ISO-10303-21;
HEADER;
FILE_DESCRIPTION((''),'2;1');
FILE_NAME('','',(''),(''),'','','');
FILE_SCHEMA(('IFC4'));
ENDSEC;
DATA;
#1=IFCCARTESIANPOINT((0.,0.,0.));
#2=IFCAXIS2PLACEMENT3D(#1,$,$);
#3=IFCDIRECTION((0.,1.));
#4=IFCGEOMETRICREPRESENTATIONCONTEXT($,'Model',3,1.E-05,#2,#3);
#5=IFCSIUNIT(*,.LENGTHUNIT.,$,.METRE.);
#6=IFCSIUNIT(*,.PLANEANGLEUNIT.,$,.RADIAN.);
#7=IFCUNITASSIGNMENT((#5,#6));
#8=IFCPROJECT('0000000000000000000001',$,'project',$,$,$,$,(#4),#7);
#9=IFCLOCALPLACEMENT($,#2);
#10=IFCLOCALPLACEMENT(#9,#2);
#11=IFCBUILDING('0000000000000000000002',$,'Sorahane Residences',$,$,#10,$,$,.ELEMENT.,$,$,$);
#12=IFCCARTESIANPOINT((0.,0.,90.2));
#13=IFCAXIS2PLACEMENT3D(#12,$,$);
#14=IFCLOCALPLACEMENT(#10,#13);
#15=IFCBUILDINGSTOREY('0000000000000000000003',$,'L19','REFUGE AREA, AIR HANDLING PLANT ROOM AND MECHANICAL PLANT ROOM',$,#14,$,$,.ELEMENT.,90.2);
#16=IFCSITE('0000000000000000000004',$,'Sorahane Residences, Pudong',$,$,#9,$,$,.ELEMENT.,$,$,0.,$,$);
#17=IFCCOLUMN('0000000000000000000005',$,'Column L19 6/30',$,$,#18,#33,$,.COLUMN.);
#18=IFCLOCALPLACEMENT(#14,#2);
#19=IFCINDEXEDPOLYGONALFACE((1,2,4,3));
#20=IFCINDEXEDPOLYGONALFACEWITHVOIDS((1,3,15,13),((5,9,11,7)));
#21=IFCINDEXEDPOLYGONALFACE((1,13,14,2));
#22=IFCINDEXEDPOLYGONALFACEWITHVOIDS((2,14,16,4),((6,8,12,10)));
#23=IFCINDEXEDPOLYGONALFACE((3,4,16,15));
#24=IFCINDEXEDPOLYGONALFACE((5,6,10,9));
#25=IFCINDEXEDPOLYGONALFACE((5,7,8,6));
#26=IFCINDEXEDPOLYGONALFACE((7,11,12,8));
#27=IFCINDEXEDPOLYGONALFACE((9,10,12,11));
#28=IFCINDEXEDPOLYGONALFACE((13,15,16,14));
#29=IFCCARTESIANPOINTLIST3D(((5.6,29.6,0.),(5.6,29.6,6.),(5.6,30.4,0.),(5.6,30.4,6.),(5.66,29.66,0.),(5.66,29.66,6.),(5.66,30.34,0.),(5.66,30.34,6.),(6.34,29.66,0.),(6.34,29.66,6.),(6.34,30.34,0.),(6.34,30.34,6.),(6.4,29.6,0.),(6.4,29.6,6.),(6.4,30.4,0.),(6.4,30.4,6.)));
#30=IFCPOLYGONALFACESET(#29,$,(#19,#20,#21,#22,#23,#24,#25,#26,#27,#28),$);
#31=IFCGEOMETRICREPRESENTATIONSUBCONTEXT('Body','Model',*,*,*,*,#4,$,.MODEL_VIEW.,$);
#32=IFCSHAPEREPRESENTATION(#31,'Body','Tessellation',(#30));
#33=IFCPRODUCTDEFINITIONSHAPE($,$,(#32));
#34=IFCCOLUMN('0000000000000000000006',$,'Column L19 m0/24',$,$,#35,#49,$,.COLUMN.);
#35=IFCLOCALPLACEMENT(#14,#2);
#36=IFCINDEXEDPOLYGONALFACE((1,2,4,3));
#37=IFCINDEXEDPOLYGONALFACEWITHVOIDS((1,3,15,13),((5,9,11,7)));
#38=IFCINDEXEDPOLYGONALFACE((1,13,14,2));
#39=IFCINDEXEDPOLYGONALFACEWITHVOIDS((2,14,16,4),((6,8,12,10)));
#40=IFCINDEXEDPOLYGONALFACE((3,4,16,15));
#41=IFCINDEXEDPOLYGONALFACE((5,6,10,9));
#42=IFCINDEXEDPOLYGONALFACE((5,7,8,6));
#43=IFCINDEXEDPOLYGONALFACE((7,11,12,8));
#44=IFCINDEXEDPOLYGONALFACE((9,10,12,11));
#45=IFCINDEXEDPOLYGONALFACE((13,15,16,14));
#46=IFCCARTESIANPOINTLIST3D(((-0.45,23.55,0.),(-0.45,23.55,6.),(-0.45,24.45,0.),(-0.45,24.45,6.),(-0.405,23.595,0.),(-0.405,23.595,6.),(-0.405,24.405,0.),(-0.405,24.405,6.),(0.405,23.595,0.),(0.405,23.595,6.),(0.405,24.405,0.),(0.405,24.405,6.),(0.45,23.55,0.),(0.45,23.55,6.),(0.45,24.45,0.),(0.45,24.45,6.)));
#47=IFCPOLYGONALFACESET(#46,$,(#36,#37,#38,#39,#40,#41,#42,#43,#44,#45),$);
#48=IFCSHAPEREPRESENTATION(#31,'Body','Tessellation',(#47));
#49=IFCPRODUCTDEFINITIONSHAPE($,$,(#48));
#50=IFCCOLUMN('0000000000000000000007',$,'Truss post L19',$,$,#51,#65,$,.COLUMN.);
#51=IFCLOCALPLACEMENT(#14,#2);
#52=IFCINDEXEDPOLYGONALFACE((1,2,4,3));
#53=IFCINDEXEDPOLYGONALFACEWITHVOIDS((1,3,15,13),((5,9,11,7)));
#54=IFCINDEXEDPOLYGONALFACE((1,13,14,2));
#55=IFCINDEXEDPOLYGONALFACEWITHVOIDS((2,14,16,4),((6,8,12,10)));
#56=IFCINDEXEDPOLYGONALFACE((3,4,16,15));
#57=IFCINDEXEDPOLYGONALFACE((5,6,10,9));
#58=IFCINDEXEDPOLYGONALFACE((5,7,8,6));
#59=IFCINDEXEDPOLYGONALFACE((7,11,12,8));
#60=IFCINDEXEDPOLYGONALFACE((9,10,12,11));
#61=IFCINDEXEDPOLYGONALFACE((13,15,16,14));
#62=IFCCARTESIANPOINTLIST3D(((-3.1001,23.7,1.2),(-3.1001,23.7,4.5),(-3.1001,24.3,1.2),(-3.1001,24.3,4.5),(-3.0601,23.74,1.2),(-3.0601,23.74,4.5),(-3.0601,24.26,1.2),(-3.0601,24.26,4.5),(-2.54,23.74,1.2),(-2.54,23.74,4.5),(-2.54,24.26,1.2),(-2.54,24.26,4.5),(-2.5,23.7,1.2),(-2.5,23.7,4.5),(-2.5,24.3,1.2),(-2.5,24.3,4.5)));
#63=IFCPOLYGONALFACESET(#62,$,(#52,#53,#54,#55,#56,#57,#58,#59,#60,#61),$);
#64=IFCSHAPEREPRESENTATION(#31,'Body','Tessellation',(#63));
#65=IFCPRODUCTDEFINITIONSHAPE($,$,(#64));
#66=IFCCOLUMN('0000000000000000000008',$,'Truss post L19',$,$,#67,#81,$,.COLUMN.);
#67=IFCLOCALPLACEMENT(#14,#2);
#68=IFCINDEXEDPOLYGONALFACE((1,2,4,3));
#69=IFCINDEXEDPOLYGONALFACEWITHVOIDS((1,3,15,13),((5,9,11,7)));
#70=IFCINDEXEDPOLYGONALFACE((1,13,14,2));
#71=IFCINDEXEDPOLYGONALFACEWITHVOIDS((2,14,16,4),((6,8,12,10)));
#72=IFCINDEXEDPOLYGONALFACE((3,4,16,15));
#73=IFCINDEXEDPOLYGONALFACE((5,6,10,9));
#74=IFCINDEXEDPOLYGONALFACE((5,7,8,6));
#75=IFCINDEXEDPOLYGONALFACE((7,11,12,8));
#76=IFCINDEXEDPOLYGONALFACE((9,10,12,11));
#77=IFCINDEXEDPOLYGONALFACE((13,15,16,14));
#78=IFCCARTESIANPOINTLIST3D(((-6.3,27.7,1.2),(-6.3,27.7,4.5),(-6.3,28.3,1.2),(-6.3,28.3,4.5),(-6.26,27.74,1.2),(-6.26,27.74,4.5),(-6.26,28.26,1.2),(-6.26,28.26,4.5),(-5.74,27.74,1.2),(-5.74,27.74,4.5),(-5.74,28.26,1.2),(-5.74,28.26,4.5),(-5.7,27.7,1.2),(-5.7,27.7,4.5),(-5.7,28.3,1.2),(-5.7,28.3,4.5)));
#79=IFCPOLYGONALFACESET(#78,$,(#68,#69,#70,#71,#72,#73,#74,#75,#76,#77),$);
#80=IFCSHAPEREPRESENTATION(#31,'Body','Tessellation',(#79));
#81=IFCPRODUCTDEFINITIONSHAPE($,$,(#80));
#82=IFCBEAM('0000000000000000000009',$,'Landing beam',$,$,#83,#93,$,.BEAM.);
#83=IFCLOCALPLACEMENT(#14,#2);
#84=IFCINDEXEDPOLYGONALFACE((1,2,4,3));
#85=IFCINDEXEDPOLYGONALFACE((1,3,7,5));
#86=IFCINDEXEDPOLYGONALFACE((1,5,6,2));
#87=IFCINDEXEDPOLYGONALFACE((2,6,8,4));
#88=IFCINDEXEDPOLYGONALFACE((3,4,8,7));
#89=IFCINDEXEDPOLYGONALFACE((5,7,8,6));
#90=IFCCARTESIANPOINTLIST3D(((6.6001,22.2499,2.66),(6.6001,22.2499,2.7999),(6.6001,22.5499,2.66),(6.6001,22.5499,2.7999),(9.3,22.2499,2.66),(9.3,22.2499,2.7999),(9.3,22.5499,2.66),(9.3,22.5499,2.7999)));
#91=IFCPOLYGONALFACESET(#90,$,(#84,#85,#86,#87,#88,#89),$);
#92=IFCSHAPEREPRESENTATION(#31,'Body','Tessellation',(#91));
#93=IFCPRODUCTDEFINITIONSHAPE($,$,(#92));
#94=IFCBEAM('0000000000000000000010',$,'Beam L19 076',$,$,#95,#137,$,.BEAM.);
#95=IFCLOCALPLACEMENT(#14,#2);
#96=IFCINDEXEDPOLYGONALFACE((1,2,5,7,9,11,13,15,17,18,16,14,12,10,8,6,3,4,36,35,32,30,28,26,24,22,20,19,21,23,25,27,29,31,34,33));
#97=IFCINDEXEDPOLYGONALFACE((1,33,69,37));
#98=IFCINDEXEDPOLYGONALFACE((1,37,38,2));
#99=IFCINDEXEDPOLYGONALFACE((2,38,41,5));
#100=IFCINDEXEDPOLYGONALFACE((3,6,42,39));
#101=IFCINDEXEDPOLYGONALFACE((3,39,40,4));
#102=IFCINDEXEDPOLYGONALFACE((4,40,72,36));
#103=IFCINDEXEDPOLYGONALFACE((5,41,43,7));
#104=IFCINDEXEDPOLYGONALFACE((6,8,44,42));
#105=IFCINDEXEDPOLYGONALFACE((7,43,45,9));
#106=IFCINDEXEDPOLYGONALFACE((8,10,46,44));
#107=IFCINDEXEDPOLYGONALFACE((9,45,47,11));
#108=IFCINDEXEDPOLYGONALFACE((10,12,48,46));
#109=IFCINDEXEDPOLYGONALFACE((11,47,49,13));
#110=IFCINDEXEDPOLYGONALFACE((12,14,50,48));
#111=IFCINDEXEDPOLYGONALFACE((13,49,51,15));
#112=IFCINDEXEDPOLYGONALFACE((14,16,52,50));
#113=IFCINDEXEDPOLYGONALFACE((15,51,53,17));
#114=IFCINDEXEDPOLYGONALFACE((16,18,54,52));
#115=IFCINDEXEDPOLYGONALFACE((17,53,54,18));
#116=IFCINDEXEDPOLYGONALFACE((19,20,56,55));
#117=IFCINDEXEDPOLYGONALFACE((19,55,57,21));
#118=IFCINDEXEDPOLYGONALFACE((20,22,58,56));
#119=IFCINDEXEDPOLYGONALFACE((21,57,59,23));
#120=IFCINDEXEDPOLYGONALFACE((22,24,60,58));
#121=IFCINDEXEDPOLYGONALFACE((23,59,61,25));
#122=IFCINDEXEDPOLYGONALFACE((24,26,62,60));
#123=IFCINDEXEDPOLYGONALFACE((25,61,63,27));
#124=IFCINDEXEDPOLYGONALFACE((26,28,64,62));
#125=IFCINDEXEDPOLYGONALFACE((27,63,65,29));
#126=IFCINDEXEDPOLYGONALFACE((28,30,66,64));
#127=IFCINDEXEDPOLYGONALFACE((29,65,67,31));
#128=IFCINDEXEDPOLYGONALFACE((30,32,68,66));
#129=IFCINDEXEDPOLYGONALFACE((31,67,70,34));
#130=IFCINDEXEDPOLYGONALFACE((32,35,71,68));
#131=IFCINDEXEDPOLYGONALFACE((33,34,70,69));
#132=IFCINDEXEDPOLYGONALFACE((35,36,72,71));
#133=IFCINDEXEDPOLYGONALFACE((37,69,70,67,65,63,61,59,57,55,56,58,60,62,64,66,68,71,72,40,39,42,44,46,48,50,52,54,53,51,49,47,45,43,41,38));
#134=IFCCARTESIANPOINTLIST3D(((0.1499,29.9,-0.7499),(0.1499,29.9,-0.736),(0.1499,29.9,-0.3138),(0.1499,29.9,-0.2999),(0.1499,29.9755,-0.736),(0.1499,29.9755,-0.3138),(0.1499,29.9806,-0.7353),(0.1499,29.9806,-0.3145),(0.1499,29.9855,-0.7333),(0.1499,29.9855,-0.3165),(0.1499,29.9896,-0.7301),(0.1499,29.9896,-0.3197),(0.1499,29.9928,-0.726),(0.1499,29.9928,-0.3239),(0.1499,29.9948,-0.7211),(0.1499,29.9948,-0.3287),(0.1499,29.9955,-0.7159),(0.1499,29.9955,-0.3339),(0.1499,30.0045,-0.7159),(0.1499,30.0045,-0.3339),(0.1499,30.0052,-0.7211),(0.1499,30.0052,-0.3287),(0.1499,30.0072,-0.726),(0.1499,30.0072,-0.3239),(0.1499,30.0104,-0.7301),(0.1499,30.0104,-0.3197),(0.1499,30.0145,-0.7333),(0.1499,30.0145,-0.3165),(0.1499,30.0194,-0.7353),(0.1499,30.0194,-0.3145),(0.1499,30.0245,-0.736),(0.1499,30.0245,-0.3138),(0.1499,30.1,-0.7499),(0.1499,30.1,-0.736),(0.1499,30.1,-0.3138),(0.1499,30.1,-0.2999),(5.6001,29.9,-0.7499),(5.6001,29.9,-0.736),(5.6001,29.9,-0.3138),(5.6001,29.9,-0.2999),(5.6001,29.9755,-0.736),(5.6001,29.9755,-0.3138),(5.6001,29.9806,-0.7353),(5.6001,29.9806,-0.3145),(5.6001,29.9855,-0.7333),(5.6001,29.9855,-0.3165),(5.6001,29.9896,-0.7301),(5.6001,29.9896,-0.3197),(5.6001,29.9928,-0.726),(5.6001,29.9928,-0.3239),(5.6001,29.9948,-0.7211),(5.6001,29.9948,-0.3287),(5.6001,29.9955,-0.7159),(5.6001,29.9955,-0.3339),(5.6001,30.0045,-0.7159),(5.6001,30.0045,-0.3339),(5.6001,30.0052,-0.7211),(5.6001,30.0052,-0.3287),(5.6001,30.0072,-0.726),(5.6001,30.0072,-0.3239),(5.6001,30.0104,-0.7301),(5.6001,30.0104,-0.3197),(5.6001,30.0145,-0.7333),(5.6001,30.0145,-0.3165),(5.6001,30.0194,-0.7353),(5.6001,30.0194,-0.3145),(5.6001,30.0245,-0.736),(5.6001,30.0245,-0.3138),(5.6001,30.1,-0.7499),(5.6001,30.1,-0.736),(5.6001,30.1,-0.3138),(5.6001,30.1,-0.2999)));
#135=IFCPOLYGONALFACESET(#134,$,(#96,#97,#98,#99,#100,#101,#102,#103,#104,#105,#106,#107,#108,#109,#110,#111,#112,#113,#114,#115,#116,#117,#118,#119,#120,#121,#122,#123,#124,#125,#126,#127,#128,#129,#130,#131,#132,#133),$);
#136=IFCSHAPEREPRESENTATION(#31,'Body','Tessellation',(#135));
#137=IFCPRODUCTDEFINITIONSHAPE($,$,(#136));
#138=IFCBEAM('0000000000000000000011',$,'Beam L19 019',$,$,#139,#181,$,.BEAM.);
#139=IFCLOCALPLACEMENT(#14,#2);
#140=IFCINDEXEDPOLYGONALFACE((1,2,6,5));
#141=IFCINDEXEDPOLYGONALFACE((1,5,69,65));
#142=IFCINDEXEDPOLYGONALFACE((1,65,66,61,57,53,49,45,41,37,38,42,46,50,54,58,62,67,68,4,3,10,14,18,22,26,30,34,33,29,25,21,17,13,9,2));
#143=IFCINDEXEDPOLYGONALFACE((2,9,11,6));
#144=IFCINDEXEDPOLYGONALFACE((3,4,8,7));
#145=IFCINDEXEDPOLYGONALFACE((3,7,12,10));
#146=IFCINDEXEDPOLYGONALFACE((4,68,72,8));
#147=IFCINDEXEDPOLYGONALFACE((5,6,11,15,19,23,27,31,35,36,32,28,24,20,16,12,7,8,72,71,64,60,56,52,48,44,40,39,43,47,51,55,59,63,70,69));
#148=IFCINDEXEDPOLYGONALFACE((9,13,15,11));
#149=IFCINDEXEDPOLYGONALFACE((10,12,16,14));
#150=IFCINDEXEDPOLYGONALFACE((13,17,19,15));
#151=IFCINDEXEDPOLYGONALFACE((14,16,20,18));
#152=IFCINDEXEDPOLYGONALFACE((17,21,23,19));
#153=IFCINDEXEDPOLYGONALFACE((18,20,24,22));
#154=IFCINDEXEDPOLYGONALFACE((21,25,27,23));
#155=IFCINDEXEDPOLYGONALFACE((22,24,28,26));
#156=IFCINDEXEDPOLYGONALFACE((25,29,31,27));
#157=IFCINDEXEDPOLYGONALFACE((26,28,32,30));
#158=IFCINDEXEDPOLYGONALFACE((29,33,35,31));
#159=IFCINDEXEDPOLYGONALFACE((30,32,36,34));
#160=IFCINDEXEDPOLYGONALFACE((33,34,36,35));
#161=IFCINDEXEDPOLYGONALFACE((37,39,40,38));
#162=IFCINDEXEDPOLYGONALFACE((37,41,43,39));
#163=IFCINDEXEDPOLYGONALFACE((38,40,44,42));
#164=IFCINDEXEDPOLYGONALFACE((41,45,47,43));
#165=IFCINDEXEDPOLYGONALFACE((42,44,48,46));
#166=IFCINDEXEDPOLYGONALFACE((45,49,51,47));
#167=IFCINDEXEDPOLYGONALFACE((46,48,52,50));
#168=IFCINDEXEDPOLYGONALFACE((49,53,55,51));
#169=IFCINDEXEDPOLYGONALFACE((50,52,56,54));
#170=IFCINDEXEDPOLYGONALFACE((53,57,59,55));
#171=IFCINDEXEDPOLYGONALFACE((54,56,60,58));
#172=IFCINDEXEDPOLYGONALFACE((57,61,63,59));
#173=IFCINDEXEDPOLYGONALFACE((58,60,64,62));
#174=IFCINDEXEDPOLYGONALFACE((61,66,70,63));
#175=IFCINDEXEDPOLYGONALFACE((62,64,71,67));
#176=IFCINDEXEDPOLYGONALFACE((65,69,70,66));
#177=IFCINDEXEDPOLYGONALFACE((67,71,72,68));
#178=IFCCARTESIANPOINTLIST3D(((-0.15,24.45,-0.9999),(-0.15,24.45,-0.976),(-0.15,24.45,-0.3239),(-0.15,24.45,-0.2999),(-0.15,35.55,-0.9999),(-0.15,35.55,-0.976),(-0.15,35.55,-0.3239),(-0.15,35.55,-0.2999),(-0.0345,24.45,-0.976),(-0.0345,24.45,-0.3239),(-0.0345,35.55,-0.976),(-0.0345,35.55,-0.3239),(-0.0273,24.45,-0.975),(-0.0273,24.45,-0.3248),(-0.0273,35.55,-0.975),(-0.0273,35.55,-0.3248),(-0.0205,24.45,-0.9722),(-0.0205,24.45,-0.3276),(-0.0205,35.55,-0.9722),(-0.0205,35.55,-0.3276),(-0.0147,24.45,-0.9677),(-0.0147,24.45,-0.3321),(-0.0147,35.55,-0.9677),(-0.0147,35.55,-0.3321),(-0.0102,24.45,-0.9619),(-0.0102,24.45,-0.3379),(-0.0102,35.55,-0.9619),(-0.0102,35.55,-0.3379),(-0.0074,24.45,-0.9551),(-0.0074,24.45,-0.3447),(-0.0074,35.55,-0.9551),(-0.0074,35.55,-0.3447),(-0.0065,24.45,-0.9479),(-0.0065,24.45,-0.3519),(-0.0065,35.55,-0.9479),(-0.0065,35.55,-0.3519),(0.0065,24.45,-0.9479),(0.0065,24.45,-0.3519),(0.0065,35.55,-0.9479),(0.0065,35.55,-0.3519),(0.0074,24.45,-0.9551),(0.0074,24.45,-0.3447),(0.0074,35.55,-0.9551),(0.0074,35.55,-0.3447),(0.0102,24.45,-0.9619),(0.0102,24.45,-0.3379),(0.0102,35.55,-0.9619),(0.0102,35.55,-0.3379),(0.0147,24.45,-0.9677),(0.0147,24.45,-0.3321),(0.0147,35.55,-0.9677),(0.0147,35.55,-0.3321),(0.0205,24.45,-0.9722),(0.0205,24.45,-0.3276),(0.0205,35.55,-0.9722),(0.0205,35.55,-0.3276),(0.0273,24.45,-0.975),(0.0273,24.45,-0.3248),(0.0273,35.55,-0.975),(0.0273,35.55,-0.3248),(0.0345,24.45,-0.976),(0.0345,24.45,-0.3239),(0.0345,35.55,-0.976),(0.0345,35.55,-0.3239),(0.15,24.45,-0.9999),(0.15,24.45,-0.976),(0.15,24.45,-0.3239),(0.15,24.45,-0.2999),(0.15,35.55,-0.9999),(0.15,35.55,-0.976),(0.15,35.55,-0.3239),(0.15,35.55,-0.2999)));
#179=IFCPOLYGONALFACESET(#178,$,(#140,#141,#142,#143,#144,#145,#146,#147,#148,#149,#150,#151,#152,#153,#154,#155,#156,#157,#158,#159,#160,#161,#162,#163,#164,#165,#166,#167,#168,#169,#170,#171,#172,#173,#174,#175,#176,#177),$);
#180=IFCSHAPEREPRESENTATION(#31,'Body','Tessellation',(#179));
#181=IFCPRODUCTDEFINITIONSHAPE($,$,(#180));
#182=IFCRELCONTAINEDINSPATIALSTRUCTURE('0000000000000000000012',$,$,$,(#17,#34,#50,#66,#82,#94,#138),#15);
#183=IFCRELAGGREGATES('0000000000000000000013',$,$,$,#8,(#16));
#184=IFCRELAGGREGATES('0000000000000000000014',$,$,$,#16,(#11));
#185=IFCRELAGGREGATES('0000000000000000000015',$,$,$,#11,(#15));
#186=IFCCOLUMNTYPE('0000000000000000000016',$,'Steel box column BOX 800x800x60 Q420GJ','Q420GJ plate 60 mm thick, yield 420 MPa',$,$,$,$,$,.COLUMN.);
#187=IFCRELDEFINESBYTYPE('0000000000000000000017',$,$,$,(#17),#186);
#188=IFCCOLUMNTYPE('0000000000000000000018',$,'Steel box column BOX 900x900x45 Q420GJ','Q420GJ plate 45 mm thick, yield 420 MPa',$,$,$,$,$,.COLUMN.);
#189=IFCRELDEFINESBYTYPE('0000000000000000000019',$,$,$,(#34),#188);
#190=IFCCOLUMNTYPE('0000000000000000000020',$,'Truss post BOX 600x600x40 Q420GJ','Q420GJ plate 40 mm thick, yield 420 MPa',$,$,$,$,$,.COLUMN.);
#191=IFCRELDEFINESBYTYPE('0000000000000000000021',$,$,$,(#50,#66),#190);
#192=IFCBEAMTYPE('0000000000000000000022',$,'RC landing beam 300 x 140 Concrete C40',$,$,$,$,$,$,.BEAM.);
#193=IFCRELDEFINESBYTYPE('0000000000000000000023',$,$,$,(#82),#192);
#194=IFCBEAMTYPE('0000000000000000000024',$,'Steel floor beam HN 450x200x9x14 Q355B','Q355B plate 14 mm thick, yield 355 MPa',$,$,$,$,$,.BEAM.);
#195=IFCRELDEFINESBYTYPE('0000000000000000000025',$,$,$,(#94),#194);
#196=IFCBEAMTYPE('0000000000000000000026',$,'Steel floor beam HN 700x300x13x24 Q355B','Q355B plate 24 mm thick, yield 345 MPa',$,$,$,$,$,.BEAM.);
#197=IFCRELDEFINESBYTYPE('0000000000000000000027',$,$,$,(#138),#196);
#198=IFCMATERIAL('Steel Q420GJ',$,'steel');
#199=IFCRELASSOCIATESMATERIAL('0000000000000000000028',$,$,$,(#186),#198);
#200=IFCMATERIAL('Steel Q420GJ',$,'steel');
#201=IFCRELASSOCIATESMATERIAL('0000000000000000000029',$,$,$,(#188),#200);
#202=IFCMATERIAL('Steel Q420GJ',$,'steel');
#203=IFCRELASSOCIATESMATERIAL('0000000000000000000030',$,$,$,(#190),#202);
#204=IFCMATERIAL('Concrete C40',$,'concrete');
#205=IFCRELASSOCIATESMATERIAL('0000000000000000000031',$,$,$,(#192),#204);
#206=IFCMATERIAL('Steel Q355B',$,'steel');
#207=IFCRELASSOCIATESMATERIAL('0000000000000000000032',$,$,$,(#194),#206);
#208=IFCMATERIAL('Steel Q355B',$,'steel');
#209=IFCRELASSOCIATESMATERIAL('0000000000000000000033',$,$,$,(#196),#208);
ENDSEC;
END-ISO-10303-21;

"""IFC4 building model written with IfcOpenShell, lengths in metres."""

from ifc_helpers import new_model, si_unit, direction, frame, origin, origin_2d, place, context, subcontext, project, spatial, rectangle, hollow_rectangle, i_section, extrude, material, material_profile, profile_set, type_object, element, save


model = new_model("IFC4")

# Units and contexts
model_context = context("Model", 3, precision=1e-05, world=origin(), true_north=direction((0.0, 1.0)))
body_context = subcontext(model_context, "Body", "Model", "MODEL_VIEW")
ifc_project = project(units=[si_unit("LENGTHUNIT", "METRE"), si_unit("PLANEANGLEUNIT", "RADIAN")], contexts=[model_context])

# Site, building, storey
site_placement = place(None, origin())
site = spatial("IfcSite", under=ifc_project, at=site_placement, Name="Sorahane Residences, Pudong", CompositionType="ELEMENT", RefElevation=0.0)
building_placement = place(site_placement, origin())
building = spatial("IfcBuilding", under=site, at=building_placement, Name="Sorahane Residences", CompositionType="ELEMENT")
storey_placement = place(building_placement, frame((0.0, 0.0, 90.2)))
storey = spatial("IfcBuildingStorey", under=building, at=storey_placement, Name="L19", Description="REFUGE AREA, AIR HANDLING PLANT ROOM AND MECHANICAL PLANT ROOM", CompositionType="ELEMENT", Elevation=90.2)

# Columns
ifc_material_1 = material(Name="Steel Q420GJ", Category="steel")
ifc_material_profile_1 = material_profile(ifc_material_1, hollow_rectangle(XDim=0.8, YDim=0.8, WallThickness=0.0601, at=origin_2d()), Name="BOX 800x800x60")
ifc_profile_set_1 = profile_set([ifc_material_profile_1], Name="Steel Q420GJ")
column_type_1 = type_object("IfcColumnType", Name="Steel box column BOX 800x800x60 Q420GJ", Description="Q420GJ plate 60 mm thick, yield 420 MPa", PredefinedType="COLUMN", material=ifc_profile_set_1)
column_1_placement = place(storey_placement, frame((6.0, 30.0, 0.0), z_axis=(0.0, 0.0, 1.0), x_axis=(1.0, 0.0, 0.0)))
element("IfcColumn", 1, at=column_1_placement, inside=storey, type_object=column_type_1, Name="Column L19 6/30", PredefinedType="COLUMN", context=body_context, shape_type="SweptSolid", body=[
    extrude(hollow_rectangle(XDim=0.8, YDim=0.8, WallThickness=0.0601, at=origin_2d()), origin(), (0.0, 0.0, 1.0), 6.0),
])
ifc_material_2 = material(Name="Steel Q420GJ", Category="steel")
ifc_material_profile_2 = material_profile(ifc_material_2, hollow_rectangle(XDim=0.8999, YDim=0.8999, WallThickness=0.0449, at=origin_2d()), Name="BOX 900x900x45")
ifc_profile_set_2 = profile_set([ifc_material_profile_2], Name="Steel Q420GJ")
column_type_2 = type_object("IfcColumnType", Name="Steel box column BOX 900x900x45 Q420GJ", Description="Q420GJ plate 45 mm thick, yield 420 MPa", PredefinedType="COLUMN", material=ifc_profile_set_2)
column_2_placement = place(storey_placement, frame((0.0, 24.0, 0.0), z_axis=(0.0, 0.0, 1.0), x_axis=(1.0, 0.0, 0.0)))
element("IfcColumn", 2, at=column_2_placement, inside=storey, type_object=column_type_2, Name="Column L19 m0/24", PredefinedType="COLUMN", context=body_context, shape_type="SweptSolid", body=[
    extrude(hollow_rectangle(XDim=0.8999, YDim=0.8999, WallThickness=0.0449, at=origin_2d()), origin(), (0.0, 0.0, 1.0), 6.0),
])
ifc_material_3 = material(Name="Steel Q420GJ", Category="steel")
ifc_material_profile_3 = material_profile(ifc_material_3, hollow_rectangle(XDim=0.6001, YDim=0.6001, WallThickness=0.04, at=origin_2d()), Name="BOX 600x600x40")
ifc_profile_set_3 = profile_set([ifc_material_profile_3], Name="Steel Q420GJ")
column_type_3 = type_object("IfcColumnType", Name="Truss post BOX 600x600x40 Q420GJ", Description="Q420GJ plate 40 mm thick, yield 420 MPa", PredefinedType="COLUMN", material=ifc_profile_set_3)
for number, where, z_axis, x_axis, name in (
    (3, (-2.8, 24.0, 1.2), (0.0, 0.0, 1.0), (1.0, 0.0, 0.0), "Truss post L19"),
    (4, (-6.0, 28.0, 1.2), (0.0, 0.0, 1.0), (1.0, 0.0, 0.0), "Truss post L19"),
):
    element("IfcColumn", number, at=place(storey_placement, frame(where, z_axis=z_axis, x_axis=x_axis)), inside=storey, type_object=column_type_3, Name=name, PredefinedType="COLUMN", context=body_context, shape_type="SweptSolid", body=[
        extrude(hollow_rectangle(XDim=0.6001, YDim=0.6001, WallThickness=0.04, at=origin_2d()), origin(), (0.0, 0.0, 1.0), 3.3),
    ])

# Beams
ifc_material_4 = material(Name="Concrete C40", Category="concrete")
ifc_material_profile_4 = material_profile(ifc_material_4, rectangle(XDim=0.3, YDim=0.1399, at=origin_2d()), Name="300x140")
ifc_profile_set_4 = profile_set([ifc_material_profile_4], Name="Concrete C40")
beam_type_1 = type_object("IfcBeamType", Name="RC landing beam 300 x 140 Concrete C40", PredefinedType="BEAM", material=ifc_profile_set_4)
beam_1_placement = place(storey_placement, frame((6.6001, 22.3999, 2.73), z_axis=(1.0, 0.0, 0.0), x_axis=(0.0, 1.0, 0.0)))
element("IfcBeam", 5, at=beam_1_placement, inside=storey, type_object=beam_type_1, Name="Landing beam", PredefinedType="BEAM", context=body_context, shape_type="SweptSolid", body=[
    extrude(rectangle(XDim=0.3, YDim=0.1399, at=origin_2d()), origin(), (0.0, 0.0, 1.0), 2.7),
])
ifc_material_5 = material(Name="Steel Q355B", Category="steel")
ifc_material_profile_5 = material_profile(ifc_material_5, i_section(OverallWidth=0.2, OverallDepth=0.45, WebThickness=0.009, FlangeThickness=0.0139, FilletRadius=0.02, at=origin_2d()), Name="HN 450x200x9x14")
ifc_profile_set_5 = profile_set([ifc_material_profile_5], Name="Steel Q355B")
beam_type_2 = type_object("IfcBeamType", Name="Steel floor beam HN 450x200x9x14 Q355B", Description="Q355B plate 14 mm thick, yield 355 MPa", PredefinedType="BEAM", material=ifc_profile_set_5)
beam_2_placement = place(storey_placement, frame((0.1499, 30.0, -0.5249), z_axis=(1.0, 0.0, 0.0), x_axis=(0.0, 1.0, 0.0)))
element("IfcBeam", 6, at=beam_2_placement, inside=storey, type_object=beam_type_2, Name="Beam L19 076", PredefinedType="BEAM", context=body_context, shape_type="SweptSolid", body=[
    extrude(i_section(OverallWidth=0.2, OverallDepth=0.45, WebThickness=0.009, FlangeThickness=0.0139, FilletRadius=0.02, at=origin_2d()), origin(), (0.0, 0.0, 1.0), 5.4502),
])
ifc_material_6 = material(Name="Steel Q355B", Category="steel")
ifc_material_profile_6 = material_profile(ifc_material_6, i_section(OverallWidth=0.3, OverallDepth=0.7, WebThickness=0.0129, FlangeThickness=0.0239, FilletRadius=0.0281, at=origin_2d()), Name="HN 700x300x13x24")
ifc_profile_set_6 = profile_set([ifc_material_profile_6], Name="Steel Q355B")
beam_type_3 = type_object("IfcBeamType", Name="Steel floor beam HN 700x300x13x24 Q355B", Description="Q355B plate 24 mm thick, yield 345 MPa", PredefinedType="BEAM", material=ifc_profile_set_6)
beam_3_placement = place(storey_placement, frame((0.0, 24.45, -0.6499), z_axis=(0.0, 1.0, 0.0), x_axis=(-1.0, 0.0, 0.0)))
element("IfcBeam", 7, at=beam_3_placement, inside=storey, type_object=beam_type_3, Name="Beam L19 019", PredefinedType="BEAM", context=body_context, shape_type="SweptSolid", body=[
    extrude(i_section(OverallWidth=0.3, OverallDepth=0.7, WebThickness=0.0129, FlangeThickness=0.0239, FilletRadius=0.0281, at=origin_2d()), origin(), (0.0, 0.0, 1.0), 11.1001),
])

save(model, "model.ifc")
